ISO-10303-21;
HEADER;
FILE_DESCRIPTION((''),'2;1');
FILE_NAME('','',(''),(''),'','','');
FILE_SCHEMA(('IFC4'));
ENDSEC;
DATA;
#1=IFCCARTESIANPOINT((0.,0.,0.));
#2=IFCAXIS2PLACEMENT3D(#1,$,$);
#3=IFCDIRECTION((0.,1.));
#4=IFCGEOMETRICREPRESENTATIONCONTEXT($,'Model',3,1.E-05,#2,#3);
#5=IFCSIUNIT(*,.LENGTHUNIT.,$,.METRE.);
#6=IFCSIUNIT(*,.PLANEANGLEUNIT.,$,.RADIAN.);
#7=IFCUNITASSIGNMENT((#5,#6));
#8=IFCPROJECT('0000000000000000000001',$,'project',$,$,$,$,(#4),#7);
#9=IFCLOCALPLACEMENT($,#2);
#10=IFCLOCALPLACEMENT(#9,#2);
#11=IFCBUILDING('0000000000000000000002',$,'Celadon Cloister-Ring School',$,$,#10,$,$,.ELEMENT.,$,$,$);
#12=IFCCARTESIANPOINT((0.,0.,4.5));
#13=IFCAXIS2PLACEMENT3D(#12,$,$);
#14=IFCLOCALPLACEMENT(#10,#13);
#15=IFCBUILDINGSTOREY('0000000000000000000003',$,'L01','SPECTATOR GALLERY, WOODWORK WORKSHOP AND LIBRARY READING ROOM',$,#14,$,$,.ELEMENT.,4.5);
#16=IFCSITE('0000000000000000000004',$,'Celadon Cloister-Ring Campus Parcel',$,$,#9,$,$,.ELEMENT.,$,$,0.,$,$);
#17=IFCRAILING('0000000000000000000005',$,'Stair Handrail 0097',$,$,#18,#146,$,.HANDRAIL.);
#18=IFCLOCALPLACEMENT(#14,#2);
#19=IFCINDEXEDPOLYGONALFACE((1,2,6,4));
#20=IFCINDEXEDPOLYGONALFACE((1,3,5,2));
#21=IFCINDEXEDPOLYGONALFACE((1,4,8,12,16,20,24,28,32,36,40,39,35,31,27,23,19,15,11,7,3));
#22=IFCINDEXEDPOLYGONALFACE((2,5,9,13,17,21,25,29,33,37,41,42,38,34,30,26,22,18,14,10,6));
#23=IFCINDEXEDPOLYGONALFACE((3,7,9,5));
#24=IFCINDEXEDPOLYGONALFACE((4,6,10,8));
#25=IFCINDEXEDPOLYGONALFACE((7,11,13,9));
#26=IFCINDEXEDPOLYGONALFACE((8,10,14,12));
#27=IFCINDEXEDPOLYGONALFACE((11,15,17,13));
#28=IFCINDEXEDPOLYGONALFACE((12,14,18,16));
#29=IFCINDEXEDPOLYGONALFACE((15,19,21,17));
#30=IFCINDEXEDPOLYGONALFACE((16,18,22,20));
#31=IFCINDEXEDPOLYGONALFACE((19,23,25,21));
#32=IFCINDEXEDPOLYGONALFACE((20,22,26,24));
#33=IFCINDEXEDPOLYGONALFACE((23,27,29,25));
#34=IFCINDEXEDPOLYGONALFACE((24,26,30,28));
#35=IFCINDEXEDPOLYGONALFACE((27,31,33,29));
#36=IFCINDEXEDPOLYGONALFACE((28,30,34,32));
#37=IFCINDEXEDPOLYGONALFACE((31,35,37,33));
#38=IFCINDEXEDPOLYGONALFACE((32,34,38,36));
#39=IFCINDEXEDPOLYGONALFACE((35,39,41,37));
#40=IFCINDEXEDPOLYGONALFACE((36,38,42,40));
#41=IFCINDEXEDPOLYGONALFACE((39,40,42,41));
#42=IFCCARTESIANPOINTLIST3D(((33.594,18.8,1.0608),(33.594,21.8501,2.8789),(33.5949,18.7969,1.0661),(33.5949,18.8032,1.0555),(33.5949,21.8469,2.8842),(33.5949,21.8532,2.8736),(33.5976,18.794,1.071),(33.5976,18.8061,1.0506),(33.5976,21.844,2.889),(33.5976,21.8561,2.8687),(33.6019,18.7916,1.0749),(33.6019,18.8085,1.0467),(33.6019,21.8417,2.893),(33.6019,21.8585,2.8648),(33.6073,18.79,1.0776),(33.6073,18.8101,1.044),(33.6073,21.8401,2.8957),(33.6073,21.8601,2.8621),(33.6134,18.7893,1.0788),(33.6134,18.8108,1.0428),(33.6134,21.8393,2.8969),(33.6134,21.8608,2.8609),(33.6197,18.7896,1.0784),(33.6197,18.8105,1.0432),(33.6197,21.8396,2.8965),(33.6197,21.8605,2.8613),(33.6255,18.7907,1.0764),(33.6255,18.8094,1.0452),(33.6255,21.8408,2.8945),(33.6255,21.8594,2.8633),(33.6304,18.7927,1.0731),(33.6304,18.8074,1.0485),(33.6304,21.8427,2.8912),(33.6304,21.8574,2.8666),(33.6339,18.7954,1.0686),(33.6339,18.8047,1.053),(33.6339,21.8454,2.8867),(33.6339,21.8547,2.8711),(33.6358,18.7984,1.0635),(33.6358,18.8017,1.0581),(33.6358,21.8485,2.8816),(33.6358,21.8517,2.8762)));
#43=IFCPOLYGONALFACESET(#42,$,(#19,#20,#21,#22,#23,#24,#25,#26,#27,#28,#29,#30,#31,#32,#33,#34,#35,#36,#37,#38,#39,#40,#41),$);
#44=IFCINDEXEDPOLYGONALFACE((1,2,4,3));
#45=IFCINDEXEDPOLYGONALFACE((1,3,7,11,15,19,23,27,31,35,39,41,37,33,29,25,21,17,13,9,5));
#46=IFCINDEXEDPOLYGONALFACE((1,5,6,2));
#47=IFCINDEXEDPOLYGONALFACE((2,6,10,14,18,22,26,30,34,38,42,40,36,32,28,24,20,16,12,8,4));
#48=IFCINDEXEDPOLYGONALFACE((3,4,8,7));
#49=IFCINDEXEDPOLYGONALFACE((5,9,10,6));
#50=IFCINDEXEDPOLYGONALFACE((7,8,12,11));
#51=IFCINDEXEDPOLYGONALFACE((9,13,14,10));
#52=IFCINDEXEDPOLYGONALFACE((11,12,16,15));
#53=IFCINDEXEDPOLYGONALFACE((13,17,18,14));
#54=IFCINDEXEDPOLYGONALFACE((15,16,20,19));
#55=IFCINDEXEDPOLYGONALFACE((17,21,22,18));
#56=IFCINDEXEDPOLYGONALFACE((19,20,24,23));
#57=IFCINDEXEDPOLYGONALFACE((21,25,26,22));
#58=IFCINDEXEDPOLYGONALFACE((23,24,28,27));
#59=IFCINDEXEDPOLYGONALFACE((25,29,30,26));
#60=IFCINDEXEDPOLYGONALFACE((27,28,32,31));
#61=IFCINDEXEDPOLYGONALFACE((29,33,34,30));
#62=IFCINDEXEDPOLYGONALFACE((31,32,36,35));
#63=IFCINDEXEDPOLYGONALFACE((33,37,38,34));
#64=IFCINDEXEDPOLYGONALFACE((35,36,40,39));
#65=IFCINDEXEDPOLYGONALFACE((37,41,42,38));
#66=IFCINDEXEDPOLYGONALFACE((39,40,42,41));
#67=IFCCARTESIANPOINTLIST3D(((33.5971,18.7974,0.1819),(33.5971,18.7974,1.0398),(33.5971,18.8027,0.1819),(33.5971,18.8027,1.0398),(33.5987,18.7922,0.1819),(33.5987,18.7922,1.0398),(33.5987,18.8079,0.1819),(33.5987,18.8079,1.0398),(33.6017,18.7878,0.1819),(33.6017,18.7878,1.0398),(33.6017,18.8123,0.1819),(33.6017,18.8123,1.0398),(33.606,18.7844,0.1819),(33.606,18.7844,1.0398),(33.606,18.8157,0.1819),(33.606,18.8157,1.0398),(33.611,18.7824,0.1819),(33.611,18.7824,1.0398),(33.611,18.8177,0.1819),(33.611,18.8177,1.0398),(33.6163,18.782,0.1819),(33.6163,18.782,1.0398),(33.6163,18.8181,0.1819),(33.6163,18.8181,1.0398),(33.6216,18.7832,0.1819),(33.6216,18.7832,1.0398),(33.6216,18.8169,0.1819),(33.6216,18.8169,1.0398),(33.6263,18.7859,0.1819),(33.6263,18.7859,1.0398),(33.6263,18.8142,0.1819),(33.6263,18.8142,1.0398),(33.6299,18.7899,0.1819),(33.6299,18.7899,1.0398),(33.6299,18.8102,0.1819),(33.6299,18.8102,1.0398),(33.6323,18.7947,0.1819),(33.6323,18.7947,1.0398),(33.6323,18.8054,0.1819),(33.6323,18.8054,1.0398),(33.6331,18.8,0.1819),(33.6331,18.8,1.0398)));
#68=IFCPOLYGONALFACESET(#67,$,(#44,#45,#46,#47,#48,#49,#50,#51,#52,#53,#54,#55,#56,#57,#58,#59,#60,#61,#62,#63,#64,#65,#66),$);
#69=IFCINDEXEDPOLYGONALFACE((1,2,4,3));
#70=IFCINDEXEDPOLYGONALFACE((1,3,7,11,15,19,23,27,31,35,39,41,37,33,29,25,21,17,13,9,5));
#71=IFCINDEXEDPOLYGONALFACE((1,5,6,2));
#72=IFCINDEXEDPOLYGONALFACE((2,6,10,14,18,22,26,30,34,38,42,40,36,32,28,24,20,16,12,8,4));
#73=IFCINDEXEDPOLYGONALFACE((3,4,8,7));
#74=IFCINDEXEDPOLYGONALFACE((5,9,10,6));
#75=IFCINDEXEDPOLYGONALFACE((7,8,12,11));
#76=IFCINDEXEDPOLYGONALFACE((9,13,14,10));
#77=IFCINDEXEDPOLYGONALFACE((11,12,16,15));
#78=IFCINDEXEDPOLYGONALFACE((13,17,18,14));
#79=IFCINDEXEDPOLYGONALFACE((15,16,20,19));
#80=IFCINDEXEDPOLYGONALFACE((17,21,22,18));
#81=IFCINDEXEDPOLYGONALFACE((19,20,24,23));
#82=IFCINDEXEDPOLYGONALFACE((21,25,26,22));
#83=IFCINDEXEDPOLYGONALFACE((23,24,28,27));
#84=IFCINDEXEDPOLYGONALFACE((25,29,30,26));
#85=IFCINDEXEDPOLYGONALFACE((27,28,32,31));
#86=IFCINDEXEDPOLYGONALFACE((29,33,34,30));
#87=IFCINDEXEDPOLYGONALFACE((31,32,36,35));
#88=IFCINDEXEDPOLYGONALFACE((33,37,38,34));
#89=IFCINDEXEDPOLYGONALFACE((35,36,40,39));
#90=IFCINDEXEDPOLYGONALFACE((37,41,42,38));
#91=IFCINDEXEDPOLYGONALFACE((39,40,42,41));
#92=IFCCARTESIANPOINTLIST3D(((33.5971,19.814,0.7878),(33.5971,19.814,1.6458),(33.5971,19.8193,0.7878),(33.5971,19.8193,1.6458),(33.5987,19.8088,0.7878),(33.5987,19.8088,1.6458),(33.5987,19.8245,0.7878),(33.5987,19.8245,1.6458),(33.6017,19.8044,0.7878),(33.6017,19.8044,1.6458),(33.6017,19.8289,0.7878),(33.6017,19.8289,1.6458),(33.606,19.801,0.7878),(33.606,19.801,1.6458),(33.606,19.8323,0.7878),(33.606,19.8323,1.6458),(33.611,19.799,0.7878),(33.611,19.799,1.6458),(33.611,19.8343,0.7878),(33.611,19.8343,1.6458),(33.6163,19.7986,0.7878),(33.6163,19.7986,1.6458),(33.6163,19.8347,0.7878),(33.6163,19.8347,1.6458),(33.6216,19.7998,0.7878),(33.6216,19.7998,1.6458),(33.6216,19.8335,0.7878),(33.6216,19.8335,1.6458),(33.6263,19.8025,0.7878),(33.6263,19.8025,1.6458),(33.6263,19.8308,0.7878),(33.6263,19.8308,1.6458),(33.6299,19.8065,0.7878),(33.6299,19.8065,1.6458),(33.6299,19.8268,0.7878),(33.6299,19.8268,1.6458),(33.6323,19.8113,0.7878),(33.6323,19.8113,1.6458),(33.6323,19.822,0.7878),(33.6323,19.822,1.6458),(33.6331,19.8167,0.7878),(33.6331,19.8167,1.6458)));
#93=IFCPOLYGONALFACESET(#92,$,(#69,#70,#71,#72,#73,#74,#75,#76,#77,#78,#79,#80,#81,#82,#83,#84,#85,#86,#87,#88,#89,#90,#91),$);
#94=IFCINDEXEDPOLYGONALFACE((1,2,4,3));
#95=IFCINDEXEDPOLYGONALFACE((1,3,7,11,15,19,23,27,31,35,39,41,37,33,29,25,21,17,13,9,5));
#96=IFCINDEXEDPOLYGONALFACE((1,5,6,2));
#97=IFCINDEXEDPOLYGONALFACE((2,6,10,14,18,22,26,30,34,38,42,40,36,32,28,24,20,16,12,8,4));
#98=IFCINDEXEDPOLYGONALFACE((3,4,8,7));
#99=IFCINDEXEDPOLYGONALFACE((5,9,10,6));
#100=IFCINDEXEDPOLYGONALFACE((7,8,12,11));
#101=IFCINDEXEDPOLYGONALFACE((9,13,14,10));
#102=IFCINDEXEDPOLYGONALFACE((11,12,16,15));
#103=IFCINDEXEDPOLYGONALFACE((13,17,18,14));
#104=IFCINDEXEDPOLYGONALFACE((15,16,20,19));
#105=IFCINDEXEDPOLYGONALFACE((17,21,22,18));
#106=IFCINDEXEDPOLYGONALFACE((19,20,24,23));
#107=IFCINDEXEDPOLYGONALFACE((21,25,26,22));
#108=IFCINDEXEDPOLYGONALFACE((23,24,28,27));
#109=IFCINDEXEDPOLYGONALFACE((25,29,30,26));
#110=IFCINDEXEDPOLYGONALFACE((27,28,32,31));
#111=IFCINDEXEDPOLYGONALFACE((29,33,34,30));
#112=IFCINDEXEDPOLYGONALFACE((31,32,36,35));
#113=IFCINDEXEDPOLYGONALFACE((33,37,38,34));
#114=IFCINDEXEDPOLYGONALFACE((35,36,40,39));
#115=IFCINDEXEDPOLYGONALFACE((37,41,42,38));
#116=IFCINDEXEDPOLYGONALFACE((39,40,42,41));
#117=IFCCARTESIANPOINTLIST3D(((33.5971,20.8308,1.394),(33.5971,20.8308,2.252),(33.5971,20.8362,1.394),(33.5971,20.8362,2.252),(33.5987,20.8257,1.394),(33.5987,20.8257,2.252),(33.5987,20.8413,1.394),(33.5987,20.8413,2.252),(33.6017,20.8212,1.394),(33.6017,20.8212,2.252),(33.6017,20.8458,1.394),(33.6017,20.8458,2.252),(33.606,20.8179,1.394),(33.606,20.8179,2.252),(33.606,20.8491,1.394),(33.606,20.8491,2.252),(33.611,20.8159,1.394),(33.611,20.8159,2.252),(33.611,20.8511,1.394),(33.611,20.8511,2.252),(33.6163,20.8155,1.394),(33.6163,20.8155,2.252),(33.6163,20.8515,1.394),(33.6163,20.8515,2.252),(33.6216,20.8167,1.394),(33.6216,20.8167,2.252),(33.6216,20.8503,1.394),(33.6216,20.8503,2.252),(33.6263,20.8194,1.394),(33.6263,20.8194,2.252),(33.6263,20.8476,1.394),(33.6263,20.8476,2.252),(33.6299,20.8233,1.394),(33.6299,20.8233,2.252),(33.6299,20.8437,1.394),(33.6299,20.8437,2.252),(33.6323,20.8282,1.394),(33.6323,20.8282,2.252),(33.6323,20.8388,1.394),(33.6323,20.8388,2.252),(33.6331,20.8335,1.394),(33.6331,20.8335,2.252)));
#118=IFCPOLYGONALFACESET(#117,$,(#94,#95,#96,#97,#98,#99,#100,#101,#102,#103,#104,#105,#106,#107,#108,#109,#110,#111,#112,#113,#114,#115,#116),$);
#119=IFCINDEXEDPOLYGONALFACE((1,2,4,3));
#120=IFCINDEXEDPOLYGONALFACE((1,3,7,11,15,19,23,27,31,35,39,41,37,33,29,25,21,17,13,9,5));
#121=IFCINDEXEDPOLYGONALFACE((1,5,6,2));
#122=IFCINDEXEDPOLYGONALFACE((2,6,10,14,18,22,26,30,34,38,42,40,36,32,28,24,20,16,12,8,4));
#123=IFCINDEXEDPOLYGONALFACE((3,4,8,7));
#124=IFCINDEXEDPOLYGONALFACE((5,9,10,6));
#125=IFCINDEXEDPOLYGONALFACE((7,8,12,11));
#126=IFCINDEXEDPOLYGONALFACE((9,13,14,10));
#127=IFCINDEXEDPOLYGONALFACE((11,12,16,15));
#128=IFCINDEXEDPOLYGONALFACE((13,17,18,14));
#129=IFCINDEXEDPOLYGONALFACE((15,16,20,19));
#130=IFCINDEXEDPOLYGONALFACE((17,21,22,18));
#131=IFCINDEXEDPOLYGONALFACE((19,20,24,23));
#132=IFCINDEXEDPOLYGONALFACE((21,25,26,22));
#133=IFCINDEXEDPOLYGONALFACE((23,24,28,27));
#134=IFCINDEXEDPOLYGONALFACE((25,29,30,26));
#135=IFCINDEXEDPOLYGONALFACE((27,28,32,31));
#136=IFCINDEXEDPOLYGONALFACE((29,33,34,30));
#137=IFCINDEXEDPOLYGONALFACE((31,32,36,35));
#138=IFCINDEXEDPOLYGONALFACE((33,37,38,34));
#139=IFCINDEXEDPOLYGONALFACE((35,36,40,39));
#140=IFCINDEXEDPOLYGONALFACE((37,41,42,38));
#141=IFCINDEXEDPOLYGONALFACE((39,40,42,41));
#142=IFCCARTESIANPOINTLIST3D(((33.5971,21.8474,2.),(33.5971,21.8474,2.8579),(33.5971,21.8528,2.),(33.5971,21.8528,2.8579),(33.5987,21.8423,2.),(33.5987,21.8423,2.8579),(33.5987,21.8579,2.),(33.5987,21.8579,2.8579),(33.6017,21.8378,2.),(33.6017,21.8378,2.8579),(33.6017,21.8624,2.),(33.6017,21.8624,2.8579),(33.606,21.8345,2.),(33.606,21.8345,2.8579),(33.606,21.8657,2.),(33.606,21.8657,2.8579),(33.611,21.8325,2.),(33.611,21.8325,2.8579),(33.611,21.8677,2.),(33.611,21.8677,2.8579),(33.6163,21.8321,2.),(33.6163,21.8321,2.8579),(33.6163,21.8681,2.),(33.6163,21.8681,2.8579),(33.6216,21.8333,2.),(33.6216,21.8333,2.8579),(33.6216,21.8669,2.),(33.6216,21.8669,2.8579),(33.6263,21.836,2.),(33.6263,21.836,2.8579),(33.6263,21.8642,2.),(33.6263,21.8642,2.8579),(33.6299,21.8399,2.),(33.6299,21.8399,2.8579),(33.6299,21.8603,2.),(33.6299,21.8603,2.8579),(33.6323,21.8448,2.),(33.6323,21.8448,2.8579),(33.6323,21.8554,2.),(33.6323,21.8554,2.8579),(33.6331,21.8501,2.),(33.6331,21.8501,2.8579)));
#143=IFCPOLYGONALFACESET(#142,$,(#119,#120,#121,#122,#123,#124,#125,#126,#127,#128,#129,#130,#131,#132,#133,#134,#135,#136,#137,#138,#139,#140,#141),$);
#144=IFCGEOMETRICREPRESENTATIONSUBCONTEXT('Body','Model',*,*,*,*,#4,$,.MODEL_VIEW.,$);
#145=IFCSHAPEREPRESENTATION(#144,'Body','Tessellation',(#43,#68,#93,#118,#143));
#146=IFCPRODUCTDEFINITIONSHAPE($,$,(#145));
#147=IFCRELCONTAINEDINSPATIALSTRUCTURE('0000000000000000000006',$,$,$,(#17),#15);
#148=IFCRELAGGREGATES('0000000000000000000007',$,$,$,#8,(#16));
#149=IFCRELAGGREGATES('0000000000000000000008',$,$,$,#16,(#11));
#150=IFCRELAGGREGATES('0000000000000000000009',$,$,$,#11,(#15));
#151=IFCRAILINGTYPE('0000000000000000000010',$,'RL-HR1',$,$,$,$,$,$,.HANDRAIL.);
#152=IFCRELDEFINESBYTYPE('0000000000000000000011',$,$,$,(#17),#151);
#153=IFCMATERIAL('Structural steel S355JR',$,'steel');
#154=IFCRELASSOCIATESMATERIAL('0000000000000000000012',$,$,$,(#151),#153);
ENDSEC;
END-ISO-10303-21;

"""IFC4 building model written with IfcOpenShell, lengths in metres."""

from ifc_helpers import new_model, si_unit, direction, frame, origin, origin_2d, place, context, subcontext, project, spatial, circle, extrude, material, type_object, element, save


model = new_model("IFC4")

# Units and contexts
model_context = context("Model", 3, precision=1e-05, world=origin(), true_north=direction((0.0, 1.0)))
body_context = subcontext(model_context, "Body", "Model", "MODEL_VIEW")
ifc_project = project(units=[si_unit("LENGTHUNIT", "METRE"), si_unit("PLANEANGLEUNIT", "RADIAN")], contexts=[model_context])

# Site, building, storey
site_placement = place(None, origin())
site = spatial("IfcSite", under=ifc_project, at=site_placement, Name="Celadon Cloister-Ring Campus Parcel", CompositionType="ELEMENT", RefElevation=0.0)
building_placement = place(site_placement, origin())
building = spatial("IfcBuilding", under=site, at=building_placement, Name="Celadon Cloister-Ring School", CompositionType="ELEMENT")
storey_placement = place(building_placement, frame((0.0, 0.0, 4.5)))
storey = spatial("IfcBuildingStorey", under=building, at=storey_placement, Name="L01", Description="SPECTATOR GALLERY, WOODWORK WORKSHOP AND LIBRARY READING ROOM", CompositionType="ELEMENT", Elevation=4.5)

# Railing
ifc_material_1 = material(Name="Structural steel S355JR", Category="steel")
railing_type_1 = type_object("IfcRailingType", Name="RL-HR1", PredefinedType="HANDRAIL", material=ifc_material_1)
for number, where, name in (
    (1, (33.615, 18.8, 0.1819), "Stair Handrail 0097"),
):
    element("IfcRailing", number, at=place(storey_placement, frame(where)), inside=storey, type_object=railing_type_1, Name=name, PredefinedType="HANDRAIL", context=body_context, shape_type="SweptSolid", body=[
        extrude(circle(Radius=0.021, at=origin_2d()), frame((0.0, 0.0, 0.8789), z_axis=(0.0, 0.85897, 0.512026), x_axis=(-1.0, 0.0, 0.0)), (0.0, 0.0, 1.0), 3.5508),
        extrude(circle(Radius=0.0181, at=origin_2d()), origin(), (0.0, 0.0, 1.0), 0.8579),
        extrude(circle(Radius=0.0181, at=origin_2d()), frame((0.0, 1.0166, 0.606)), (0.0, 0.0, 1.0), 0.8579),
        extrude(circle(Radius=0.0181, at=origin_2d()), frame((0.0, 2.0334, 1.2122)), (0.0, 0.0, 1.0), 0.8579),
        extrude(circle(Radius=0.0181, at=origin_2d()), frame((0.0, 3.05, 1.8181)), (0.0, 0.0, 1.0), 0.8579),
    ])

save(model, "model.ifc")
